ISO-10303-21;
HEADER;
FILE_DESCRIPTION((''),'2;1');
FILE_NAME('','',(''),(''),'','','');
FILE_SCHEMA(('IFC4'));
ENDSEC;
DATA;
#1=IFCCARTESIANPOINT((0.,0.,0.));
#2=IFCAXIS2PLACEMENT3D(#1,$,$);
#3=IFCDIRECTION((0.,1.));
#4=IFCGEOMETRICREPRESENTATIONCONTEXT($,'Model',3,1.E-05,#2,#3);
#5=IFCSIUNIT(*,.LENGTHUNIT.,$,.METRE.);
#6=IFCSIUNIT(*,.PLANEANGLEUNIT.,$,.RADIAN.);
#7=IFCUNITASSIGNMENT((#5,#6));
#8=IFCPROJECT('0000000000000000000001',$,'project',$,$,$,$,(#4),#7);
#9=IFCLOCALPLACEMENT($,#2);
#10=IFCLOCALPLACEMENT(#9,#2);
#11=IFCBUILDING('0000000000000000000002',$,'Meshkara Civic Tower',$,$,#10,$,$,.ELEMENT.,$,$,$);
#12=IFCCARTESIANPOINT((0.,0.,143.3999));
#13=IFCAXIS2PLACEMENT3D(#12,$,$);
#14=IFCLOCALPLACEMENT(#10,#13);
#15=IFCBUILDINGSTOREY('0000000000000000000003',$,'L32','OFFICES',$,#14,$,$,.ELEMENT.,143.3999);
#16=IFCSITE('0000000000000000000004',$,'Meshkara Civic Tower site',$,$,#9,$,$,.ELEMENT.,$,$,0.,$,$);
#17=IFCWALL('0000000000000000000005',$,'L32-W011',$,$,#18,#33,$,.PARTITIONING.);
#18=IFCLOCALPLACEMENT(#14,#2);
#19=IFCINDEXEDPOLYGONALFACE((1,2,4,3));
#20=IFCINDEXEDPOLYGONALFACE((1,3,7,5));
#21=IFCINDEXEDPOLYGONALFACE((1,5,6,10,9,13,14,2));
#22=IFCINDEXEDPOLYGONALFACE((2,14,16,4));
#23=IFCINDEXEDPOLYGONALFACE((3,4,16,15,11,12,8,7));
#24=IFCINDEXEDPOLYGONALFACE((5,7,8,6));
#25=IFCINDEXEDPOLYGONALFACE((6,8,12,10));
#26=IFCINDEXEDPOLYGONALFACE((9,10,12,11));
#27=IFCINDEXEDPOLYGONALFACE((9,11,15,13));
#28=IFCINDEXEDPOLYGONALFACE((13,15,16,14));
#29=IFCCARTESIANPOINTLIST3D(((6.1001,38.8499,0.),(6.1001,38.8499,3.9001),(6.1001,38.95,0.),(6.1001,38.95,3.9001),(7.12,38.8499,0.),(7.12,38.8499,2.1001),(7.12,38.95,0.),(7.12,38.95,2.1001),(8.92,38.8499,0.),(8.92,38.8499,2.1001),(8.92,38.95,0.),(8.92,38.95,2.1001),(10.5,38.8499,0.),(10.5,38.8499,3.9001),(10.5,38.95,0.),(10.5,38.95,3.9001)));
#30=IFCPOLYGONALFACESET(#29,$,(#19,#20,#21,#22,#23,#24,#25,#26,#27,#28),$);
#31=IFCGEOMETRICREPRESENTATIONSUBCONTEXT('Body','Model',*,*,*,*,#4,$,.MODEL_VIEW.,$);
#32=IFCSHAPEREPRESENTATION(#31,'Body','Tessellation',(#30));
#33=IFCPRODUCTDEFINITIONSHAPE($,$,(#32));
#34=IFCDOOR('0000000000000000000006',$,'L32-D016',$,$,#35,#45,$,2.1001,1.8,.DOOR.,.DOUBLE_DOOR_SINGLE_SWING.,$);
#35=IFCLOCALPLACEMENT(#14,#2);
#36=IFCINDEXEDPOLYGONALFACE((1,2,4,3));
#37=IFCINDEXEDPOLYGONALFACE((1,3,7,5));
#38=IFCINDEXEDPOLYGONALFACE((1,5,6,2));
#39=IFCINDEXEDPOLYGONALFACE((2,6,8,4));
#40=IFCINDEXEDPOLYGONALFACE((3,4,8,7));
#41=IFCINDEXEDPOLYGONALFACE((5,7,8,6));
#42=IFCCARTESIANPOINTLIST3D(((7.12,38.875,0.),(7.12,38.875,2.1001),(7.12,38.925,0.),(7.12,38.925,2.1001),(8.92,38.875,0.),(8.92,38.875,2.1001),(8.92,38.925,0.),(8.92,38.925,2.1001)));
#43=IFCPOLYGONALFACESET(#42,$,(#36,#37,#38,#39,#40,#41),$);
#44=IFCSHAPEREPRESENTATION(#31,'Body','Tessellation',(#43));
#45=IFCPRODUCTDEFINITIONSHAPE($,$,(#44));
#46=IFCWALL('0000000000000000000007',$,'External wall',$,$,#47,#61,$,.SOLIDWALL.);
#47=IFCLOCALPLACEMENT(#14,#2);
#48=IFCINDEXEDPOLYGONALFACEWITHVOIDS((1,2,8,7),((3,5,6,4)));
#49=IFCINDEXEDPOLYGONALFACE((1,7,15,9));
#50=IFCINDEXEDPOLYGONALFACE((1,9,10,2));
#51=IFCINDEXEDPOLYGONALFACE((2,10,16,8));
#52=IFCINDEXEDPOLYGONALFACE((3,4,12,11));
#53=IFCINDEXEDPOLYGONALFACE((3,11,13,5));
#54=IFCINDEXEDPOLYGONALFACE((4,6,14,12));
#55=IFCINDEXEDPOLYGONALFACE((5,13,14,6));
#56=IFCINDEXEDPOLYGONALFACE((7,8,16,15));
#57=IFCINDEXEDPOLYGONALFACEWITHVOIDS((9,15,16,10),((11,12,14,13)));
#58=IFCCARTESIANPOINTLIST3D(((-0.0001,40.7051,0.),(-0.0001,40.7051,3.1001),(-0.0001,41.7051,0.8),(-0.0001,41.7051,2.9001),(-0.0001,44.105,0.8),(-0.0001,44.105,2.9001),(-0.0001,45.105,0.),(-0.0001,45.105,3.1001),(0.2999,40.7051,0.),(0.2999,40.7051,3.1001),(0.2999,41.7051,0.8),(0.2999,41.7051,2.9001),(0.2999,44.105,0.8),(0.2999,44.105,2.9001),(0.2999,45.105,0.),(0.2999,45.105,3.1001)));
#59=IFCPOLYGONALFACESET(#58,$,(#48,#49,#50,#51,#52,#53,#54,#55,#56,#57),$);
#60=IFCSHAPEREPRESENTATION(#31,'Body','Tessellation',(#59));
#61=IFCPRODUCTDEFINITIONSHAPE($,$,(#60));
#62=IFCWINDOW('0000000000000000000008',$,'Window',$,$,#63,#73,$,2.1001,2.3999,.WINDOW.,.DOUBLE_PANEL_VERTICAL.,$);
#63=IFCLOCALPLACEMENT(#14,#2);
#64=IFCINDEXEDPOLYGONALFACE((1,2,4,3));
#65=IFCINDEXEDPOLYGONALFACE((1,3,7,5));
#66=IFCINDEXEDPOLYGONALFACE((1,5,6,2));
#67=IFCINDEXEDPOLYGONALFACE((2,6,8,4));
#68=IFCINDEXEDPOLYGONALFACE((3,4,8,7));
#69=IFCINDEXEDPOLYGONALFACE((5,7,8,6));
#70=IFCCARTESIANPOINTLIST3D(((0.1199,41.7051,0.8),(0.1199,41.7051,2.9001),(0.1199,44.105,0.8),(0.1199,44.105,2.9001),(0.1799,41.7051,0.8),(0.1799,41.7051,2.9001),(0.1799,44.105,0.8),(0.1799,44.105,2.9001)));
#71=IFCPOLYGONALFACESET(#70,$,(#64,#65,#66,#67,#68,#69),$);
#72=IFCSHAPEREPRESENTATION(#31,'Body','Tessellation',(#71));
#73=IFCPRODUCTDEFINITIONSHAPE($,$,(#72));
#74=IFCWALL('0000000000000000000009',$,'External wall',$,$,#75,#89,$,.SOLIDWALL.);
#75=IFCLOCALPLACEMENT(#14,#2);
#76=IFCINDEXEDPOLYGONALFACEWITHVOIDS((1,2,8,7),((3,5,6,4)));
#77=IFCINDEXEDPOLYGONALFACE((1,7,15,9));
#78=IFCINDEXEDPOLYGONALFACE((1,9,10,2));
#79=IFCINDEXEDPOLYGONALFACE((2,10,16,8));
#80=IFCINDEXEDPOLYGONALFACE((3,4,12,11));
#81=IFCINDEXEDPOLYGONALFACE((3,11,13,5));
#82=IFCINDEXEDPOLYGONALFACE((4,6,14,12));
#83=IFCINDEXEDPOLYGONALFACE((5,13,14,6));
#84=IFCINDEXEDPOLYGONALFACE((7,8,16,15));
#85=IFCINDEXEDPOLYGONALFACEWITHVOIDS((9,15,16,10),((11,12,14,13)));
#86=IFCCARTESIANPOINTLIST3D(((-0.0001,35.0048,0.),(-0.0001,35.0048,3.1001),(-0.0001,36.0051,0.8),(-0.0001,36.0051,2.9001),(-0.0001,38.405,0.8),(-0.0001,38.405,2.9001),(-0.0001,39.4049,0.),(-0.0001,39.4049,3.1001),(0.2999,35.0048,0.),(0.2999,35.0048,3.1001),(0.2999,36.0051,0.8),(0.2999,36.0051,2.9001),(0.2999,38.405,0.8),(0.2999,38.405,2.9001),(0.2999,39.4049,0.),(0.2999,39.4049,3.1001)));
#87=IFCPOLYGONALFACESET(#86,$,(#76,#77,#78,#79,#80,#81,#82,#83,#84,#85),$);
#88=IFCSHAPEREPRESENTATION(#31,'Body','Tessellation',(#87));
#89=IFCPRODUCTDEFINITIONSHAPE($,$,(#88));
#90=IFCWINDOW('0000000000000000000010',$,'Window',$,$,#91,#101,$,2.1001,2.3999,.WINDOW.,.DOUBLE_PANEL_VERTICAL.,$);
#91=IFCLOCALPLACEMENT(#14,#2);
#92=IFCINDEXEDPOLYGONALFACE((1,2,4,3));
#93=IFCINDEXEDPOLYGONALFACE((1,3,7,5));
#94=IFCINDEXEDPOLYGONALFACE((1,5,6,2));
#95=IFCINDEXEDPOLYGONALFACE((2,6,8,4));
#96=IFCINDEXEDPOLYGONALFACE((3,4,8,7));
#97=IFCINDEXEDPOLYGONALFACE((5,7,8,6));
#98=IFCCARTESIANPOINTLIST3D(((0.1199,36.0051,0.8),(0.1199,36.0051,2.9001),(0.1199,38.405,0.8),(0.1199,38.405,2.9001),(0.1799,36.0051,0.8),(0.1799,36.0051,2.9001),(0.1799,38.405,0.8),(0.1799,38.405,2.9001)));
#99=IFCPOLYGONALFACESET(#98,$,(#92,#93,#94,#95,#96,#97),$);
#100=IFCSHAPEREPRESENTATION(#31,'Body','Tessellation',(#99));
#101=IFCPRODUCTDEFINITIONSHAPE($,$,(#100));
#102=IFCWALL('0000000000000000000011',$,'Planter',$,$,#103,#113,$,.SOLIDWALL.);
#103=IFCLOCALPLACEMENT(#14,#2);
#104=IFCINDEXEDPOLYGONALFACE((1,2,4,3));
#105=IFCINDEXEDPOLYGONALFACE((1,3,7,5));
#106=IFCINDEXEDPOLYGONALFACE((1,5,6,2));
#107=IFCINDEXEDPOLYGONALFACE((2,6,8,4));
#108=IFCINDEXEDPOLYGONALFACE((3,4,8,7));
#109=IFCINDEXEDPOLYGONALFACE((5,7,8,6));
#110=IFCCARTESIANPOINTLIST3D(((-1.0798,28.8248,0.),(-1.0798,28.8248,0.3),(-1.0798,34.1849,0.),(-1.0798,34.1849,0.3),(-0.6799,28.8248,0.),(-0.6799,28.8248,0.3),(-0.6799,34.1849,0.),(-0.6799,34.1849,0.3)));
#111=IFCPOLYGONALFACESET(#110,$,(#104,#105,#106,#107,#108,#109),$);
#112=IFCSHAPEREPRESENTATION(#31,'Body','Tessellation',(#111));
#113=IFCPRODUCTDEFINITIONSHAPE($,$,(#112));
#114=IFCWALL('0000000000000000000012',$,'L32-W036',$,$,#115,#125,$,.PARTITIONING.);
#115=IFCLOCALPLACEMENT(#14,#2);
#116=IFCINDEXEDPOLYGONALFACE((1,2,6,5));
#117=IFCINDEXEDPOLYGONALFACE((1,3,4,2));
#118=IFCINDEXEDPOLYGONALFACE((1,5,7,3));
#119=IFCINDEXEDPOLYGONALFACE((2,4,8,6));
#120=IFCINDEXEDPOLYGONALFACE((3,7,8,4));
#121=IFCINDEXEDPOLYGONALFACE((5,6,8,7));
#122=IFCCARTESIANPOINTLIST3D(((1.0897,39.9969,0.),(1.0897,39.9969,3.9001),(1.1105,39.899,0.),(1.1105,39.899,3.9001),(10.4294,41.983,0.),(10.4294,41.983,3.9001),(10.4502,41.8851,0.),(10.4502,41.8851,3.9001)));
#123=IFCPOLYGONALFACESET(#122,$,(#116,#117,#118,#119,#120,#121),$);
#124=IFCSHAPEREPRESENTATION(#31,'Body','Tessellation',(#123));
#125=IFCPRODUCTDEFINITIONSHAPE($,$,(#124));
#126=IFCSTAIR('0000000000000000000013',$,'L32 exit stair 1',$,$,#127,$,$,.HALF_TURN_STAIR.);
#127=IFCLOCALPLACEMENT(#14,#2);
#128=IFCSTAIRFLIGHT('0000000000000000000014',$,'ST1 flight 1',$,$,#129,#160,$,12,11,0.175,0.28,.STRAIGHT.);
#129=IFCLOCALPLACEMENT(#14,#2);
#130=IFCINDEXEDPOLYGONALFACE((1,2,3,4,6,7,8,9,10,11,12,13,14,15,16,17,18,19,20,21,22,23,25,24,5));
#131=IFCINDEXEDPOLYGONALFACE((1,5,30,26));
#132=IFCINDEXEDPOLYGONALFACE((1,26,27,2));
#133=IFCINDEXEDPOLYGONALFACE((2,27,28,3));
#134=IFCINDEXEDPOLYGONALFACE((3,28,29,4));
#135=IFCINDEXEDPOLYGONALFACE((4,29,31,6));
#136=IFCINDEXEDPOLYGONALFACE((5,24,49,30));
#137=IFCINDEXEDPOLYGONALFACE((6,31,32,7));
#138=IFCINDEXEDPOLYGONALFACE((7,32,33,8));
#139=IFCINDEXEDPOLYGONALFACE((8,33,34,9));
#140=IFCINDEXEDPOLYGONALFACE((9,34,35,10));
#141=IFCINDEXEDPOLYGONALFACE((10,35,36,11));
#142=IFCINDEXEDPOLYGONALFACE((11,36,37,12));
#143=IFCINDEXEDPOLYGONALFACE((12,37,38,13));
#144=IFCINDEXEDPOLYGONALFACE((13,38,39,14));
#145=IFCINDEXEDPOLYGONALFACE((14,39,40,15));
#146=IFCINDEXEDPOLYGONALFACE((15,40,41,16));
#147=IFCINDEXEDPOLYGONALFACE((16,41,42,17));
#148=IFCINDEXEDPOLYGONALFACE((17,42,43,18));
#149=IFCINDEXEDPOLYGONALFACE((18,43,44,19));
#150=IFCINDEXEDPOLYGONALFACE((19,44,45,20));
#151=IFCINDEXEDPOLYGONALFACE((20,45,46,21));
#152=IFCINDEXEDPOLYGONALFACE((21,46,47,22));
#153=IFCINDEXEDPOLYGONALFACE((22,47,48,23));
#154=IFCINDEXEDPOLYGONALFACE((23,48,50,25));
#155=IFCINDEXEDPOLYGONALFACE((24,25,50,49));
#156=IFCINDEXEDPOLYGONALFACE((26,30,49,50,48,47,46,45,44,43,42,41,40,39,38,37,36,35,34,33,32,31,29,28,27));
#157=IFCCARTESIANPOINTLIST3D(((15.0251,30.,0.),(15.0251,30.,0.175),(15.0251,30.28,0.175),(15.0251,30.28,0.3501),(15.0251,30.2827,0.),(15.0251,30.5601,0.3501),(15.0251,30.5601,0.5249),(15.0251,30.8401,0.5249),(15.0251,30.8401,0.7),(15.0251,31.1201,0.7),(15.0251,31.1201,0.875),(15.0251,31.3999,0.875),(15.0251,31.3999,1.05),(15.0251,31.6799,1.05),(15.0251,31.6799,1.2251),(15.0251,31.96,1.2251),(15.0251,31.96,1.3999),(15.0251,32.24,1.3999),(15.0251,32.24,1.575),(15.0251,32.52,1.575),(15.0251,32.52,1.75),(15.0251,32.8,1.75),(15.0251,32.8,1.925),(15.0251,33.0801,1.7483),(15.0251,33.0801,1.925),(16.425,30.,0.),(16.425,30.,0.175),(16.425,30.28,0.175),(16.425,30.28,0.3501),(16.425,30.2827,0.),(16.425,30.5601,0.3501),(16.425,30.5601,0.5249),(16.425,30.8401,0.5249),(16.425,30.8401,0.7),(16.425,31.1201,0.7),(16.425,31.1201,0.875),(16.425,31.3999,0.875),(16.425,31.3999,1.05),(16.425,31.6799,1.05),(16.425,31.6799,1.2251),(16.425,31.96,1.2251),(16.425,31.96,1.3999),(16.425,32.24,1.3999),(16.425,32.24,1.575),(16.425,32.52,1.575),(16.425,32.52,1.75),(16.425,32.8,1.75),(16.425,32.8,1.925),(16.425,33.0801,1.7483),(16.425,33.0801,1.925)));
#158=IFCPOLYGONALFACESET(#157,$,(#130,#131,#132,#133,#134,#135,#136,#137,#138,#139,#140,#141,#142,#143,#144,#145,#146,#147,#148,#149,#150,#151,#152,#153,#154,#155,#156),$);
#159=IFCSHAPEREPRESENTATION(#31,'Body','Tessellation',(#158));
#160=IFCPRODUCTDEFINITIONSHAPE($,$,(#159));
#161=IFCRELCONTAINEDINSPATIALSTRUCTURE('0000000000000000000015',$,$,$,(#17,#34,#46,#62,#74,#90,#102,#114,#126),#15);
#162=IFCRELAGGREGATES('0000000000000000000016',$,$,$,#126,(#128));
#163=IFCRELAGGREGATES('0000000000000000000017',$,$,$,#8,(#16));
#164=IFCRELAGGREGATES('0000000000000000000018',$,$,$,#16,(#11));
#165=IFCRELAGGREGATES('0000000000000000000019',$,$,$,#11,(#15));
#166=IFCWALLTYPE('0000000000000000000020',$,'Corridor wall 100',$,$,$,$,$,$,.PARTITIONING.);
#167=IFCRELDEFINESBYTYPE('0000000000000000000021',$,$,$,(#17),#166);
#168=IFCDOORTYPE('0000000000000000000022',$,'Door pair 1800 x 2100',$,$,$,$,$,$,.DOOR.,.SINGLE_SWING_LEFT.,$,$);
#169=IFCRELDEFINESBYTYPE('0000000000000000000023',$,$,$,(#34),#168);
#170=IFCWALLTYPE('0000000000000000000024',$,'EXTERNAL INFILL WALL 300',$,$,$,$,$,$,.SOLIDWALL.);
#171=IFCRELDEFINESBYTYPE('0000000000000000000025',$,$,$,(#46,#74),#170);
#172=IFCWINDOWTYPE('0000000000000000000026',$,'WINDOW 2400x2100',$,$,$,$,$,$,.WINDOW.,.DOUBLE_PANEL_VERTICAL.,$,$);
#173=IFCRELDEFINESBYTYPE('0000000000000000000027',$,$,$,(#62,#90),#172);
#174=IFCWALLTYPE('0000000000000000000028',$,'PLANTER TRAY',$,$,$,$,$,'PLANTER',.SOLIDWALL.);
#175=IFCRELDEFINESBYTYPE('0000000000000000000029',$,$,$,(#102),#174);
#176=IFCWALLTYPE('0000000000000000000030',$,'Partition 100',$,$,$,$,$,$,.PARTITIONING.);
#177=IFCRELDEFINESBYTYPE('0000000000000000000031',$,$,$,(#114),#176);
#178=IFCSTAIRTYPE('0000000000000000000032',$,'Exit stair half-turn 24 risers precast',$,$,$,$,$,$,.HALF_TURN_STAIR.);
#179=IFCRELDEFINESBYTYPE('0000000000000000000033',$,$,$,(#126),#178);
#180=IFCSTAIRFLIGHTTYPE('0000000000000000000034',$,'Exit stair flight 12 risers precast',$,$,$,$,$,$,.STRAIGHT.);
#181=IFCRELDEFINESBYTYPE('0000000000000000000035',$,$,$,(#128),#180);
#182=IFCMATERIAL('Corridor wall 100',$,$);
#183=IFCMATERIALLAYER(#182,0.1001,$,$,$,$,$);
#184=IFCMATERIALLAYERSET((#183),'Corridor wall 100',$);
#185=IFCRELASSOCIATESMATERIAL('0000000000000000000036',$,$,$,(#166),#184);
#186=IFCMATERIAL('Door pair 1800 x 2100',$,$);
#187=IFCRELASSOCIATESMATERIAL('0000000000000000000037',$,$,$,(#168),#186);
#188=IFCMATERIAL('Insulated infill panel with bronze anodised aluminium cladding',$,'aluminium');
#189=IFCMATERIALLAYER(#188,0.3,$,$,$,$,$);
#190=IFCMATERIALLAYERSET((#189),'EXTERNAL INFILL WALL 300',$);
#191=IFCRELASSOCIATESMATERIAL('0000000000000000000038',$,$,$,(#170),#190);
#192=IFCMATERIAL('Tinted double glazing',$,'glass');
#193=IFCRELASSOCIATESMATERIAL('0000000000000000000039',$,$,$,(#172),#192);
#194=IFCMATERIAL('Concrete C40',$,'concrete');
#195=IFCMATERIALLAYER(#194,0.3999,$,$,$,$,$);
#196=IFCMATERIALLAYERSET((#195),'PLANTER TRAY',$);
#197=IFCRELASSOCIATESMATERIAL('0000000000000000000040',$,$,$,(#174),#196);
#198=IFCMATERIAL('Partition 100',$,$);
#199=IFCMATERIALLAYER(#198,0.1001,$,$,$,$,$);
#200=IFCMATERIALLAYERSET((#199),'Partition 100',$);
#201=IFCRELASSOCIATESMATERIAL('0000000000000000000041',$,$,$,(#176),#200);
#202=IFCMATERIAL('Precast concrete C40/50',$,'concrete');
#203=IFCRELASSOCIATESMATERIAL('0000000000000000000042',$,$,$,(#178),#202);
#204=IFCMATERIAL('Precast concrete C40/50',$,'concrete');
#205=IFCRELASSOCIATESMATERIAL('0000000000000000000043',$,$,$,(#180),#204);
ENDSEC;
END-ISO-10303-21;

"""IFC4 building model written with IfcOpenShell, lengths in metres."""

from ifc_helpers import new_model, si_unit, direction, frame, frame_2d, origin, place, context, subcontext, project, spatial, polyline, rectangle, outline, extrude, material, layer, layer_set, type_object, element, fill, aggregate, save


model = new_model("IFC4")

# Units and contexts
model_context = context("Model", 3, precision=1e-05, world=origin(), true_north=direction((0.0, 1.0)))
body_context = subcontext(model_context, "Body", "Model", "MODEL_VIEW")
ifc_project = project(units=[si_unit("LENGTHUNIT", "METRE"), si_unit("PLANEANGLEUNIT", "RADIAN")], contexts=[model_context])

# Site, building, storey
site_placement = place(None, origin())
site = spatial("IfcSite", under=ifc_project, at=site_placement, Name="Meshkara Civic Tower site", CompositionType="ELEMENT", RefElevation=0.0)
building_placement = place(site_placement, origin())
building = spatial("IfcBuilding", under=site, at=building_placement, Name="Meshkara Civic Tower", CompositionType="ELEMENT")
storey_placement = place(building_placement, frame((0.0, 0.0, 143.3999)))
storey = spatial("IfcBuildingStorey", under=building, at=storey_placement, Name="L32", Description="OFFICES", CompositionType="ELEMENT", Elevation=143.3999)

# Wall, opening, door
ifc_material_1 = material(Name="Corridor wall 100")
ifc_layer_1 = layer(ifc_material_1, 0.1001)
ifc_layer_set_1 = layer_set([ifc_layer_1], Name="Corridor wall 100")
wall_type_1 = type_object("IfcWallType", Name="Corridor wall 100", PredefinedType="PARTITIONING", material=ifc_layer_set_1)
wall_1_placement = place(storey_placement, frame((10.5, 38.8999, 0.0), z_axis=(0.0, 0.0, 1.0), x_axis=(-1.0, 0.0, 0.0)))
wall_1 = element("IfcWall", 1, at=wall_1_placement, inside=storey, type_object=wall_type_1, Name="L32-W011", PredefinedType="PARTITIONING", context=body_context, shape_type="SweptSolid", body=[
    extrude(rectangle(XDim=4.3999, YDim=0.1001, at=frame_2d((2.2, 0.0))), origin(), (0.0, 0.0, 1.0), 3.9001),
])
opening_1_placement = place(wall_1_placement, frame((1.5801, 0.0, 0.0)))
opening_1 = element("IfcOpeningElement", 2, at=opening_1_placement, cuts=wall_1, PredefinedType="OPENING", context=body_context, shape_type="SweptSolid", body=[
    extrude(rectangle(XDim=1.8, YDim=2.1001, at=frame_2d((0.8999, 1.05))), frame((0.0, 0.0601, 0.0), z_axis=(0.0, -1.0, 0.0), x_axis=(1.0, 0.0, 0.0)), (0.0, 0.0, 1.0), 0.1201),
])
ifc_material_2 = material(Name="Door pair 1800 x 2100")
door_type_1 = type_object("IfcDoorType", Name="Door pair 1800 x 2100", OperationType="SINGLE_SWING_LEFT", PredefinedType="DOOR", material=ifc_material_2)
door_1_placement = place(opening_1_placement, origin())
door_1 = element("IfcDoor", 3, at=door_1_placement, inside=storey, type_object=door_type_1, Name="L32-D016", OperationType="DOUBLE_DOOR_SINGLE_SWING", OverallHeight=2.1001, OverallWidth=1.8, PredefinedType="DOOR", context=body_context, shape_type="SweptSolid", body=[
    extrude(rectangle(XDim=1.8, YDim=2.1001, at=frame_2d((0.8999, 1.05))), frame((0.0, 0.0249, 0.0), z_axis=(0.0, -1.0, 0.0), x_axis=(1.0, 0.0, 0.0)), (0.0, 0.0, 1.0), 0.05),
])
fill(opening_1, door_1)

# Walls, openings, windows
ifc_material_3 = material(Name="Insulated infill panel with bronze anodised aluminium cladding", Category="aluminium")
ifc_layer_2 = layer(ifc_material_3, 0.3)
ifc_layer_set_2 = layer_set([ifc_layer_2], Name="EXTERNAL INFILL WALL 300")
wall_type_2 = type_object("IfcWallType", Name="EXTERNAL INFILL WALL 300", PredefinedType="SOLIDWALL", material=ifc_layer_set_2)
wall_2_placement = place(storey_placement, frame((0.1499, 45.105, 0.0), z_axis=(0.0, 0.0, 1.0), x_axis=(0.0, -1.0, 0.0)))
wall_2 = element("IfcWall", 4, at=wall_2_placement, inside=storey, type_object=wall_type_2, Name="External wall", PredefinedType="SOLIDWALL", context=body_context, shape_type="SweptSolid", body=[
    extrude(rectangle(XDim=4.3999, YDim=0.3, at=frame_2d((2.2, 0.0))), origin(), (0.0, 0.0, 1.0), 3.1001),
])
opening_2_placement = place(wall_2_placement, frame((1.0, 0.0, 0.8)))
opening_2 = element("IfcOpeningElement", 5, at=opening_2_placement, cuts=wall_2, PredefinedType="OPENING", context=body_context, shape_type="SweptSolid", body=[
    extrude(rectangle(XDim=2.3999, YDim=2.1001, at=frame_2d((1.2, 1.05))), frame((0.0, 0.1599, 0.0), z_axis=(0.0, -1.0, 0.0), x_axis=(1.0, 0.0, 0.0)), (0.0, 0.0, 1.0), 0.3201),
])
ifc_material_4 = material(Name="Tinted double glazing", Category="glass")
window_type = type_object("IfcWindowType", Name="WINDOW 2400x2100", PartitioningType="DOUBLE_PANEL_VERTICAL", PredefinedType="WINDOW", material=ifc_material_4)
window_1_placement = place(opening_2_placement, origin())
window_1 = element("IfcWindow", 6, at=window_1_placement, inside=storey, type_object=window_type, Name="Window", OverallHeight=2.1001, OverallWidth=2.3999, PartitioningType="DOUBLE_PANEL_VERTICAL", PredefinedType="WINDOW", context=body_context, shape_type="SweptSolid", body=[
    extrude(rectangle(XDim=2.3999, YDim=2.1001, at=frame_2d((1.2, 1.05))), frame((0.0, 0.03, 0.0), z_axis=(0.0, -1.0, 0.0), x_axis=(1.0, 0.0, 0.0)), (0.0, 0.0, 1.0), 0.0601),
])
fill(opening_2, window_1)
wall_3_placement = place(storey_placement, frame((0.1499, 39.405, 0.0), z_axis=(0.0, 0.0, 1.0), x_axis=(0.0, -1.0, 0.0)))
wall_3 = element("IfcWall", 7, at=wall_3_placement, inside=storey, type_object=wall_type_2, Name="External wall", PredefinedType="SOLIDWALL", context=body_context, shape_type="SweptSolid", body=[
    extrude(rectangle(XDim=4.4001, YDim=0.3, at=frame_2d((2.2002, 0.0))), origin(), (0.0, 0.0, 1.0), 3.1001),
])
opening_3_placement = place(wall_3_placement, frame((1.0, 0.0, 0.8)))
opening_3 = element("IfcOpeningElement", 8, at=opening_3_placement, cuts=wall_3, PredefinedType="OPENING", context=body_context, shape_type="SweptSolid", body=[
    extrude(rectangle(XDim=2.3999, YDim=2.1001, at=frame_2d((1.2, 1.05))), frame((0.0, 0.1599, 0.0), z_axis=(0.0, -1.0, 0.0), x_axis=(1.0, 0.0, 0.0)), (0.0, 0.0, 1.0), 0.3201),
])
window_2_placement = place(opening_3_placement, origin())
window_2 = element("IfcWindow", 9, at=window_2_placement, inside=storey, type_object=window_type, Name="Window", OverallHeight=2.1001, OverallWidth=2.3999, PartitioningType="DOUBLE_PANEL_VERTICAL", PredefinedType="WINDOW", context=body_context, shape_type="SweptSolid", body=[
    extrude(rectangle(XDim=2.3999, YDim=2.1001, at=frame_2d((1.2, 1.05))), frame((0.0, 0.03, 0.0), z_axis=(0.0, -1.0, 0.0), x_axis=(1.0, 0.0, 0.0)), (0.0, 0.0, 1.0), 0.0601),
])
fill(opening_3, window_2)

# Walls
ifc_material_5 = material(Name="Concrete C40", Category="concrete")
ifc_layer_3 = layer(ifc_material_5, 0.3999)
ifc_layer_set_3 = layer_set([ifc_layer_3], Name="PLANTER TRAY")
wall_type_3 = type_object("IfcWallType", Name="PLANTER TRAY", ElementType="PLANTER", PredefinedType="SOLIDWALL", material=ifc_layer_set_3)
wall_4_placement = place(storey_placement, frame((-0.8799, 34.1851, 0.0), z_axis=(0.0, 0.0, 1.0), x_axis=(0.0, -1.0, 0.0)))
element("IfcWall", 10, at=wall_4_placement, inside=storey, type_object=wall_type_3, Name="Planter", PredefinedType="SOLIDWALL", context=body_context, shape_type="SweptSolid", body=[
    extrude(rectangle(XDim=5.3601, YDim=0.3999, at=frame_2d((2.6802, 0.0))), origin(), (0.0, 0.0, 1.0), 0.3),
])
ifc_material_6 = material(Name="Partition 100")
ifc_layer_4 = layer(ifc_material_6, 0.1001)
ifc_layer_set_4 = layer_set([ifc_layer_4], Name="Partition 100")
wall_type_4 = type_object("IfcWallType", Name="Partition 100", PredefinedType="PARTITIONING", material=ifc_layer_set_4)
wall_5_placement = place(storey_placement, frame((10.4399, 41.9341, 0.0), z_axis=(0.0, 0.0, 1.0), x_axis=(-0.97813, -0.207996, 0.0)))
element("IfcWall", 11, at=wall_5_placement, inside=storey, type_object=wall_type_4, Name="L32-W036", PredefinedType="PARTITIONING", context=body_context, shape_type="SweptSolid", body=[
    extrude(rectangle(XDim=9.5486, YDim=0.1001, at=frame_2d((4.7744, 0.0))), origin(), (0.0, 0.0, 1.0), 3.9001),
])

# Stair, stair flight
ifc_material_7 = material(Name="Precast concrete C40/50", Category="concrete")
stair_type = type_object("IfcStairType", Name="Exit stair half-turn 24 risers precast", PredefinedType="HALF_TURN_STAIR", material=ifc_material_7)
stair_placement = place(storey_placement, origin())
stair = element("IfcStair", 12, at=stair_placement, inside=storey, type_object=stair_type, Name="L32 exit stair 1", PredefinedType="HALF_TURN_STAIR")
ifc_material_8 = material(Name="Precast concrete C40/50", Category="concrete")
stair_flight_type = type_object("IfcStairFlightType", Name="Exit stair flight 12 risers precast", PredefinedType="STRAIGHT", material=ifc_material_8)
stair_flight_1_placement = place(storey_placement, frame((15.7251, 30.0, 0.0), z_axis=(0.0, 0.0, 1.0), x_axis=(0.0, 1.0, 0.0)))
stair_flight_1 = element("IfcStairFlight", 13, at=stair_flight_1_placement, type_object=stair_flight_type, Name="ST1 flight 1", NumberOfRisers=12, NumberOfTreads=11, PredefinedType="STRAIGHT", RiserHeight=0.175, TreadLength=0.28, context=body_context, shape_type="SweptSolid", body=[
    extrude(outline(polyline([(0.0, 0.0), (0.0, 0.175), (0.28, 0.175), (0.28, 0.3501), (0.5601, 0.3501), (0.5601, 0.5249), (0.8401, 0.5249), (0.8401, 0.7), (1.1201, 0.7), (1.1201, 0.875), (1.3999, 0.875), (1.3999, 1.05), (1.6799, 1.05), (1.6799, 1.2251), (1.96, 1.2251), (1.96, 1.3999), (2.24, 1.3999), (2.24, 1.575), (2.52, 1.575), (2.52, 1.75), (2.8, 1.75), (2.8, 1.925), (3.0801, 1.925), (3.0801, 2.1001), (3.0801, 1.7483), (0.2827, 0.0), (0.0, 0.0)])), frame((0.0, 0.7, 0.0), z_axis=(0.0, -1.0, 0.0), x_axis=(1.0, 0.0, 0.0)), (0.0, 0.0, 1.0), 1.3999),
])
aggregate(stair, [stair_flight_1])

save(model, "model.ifc")
